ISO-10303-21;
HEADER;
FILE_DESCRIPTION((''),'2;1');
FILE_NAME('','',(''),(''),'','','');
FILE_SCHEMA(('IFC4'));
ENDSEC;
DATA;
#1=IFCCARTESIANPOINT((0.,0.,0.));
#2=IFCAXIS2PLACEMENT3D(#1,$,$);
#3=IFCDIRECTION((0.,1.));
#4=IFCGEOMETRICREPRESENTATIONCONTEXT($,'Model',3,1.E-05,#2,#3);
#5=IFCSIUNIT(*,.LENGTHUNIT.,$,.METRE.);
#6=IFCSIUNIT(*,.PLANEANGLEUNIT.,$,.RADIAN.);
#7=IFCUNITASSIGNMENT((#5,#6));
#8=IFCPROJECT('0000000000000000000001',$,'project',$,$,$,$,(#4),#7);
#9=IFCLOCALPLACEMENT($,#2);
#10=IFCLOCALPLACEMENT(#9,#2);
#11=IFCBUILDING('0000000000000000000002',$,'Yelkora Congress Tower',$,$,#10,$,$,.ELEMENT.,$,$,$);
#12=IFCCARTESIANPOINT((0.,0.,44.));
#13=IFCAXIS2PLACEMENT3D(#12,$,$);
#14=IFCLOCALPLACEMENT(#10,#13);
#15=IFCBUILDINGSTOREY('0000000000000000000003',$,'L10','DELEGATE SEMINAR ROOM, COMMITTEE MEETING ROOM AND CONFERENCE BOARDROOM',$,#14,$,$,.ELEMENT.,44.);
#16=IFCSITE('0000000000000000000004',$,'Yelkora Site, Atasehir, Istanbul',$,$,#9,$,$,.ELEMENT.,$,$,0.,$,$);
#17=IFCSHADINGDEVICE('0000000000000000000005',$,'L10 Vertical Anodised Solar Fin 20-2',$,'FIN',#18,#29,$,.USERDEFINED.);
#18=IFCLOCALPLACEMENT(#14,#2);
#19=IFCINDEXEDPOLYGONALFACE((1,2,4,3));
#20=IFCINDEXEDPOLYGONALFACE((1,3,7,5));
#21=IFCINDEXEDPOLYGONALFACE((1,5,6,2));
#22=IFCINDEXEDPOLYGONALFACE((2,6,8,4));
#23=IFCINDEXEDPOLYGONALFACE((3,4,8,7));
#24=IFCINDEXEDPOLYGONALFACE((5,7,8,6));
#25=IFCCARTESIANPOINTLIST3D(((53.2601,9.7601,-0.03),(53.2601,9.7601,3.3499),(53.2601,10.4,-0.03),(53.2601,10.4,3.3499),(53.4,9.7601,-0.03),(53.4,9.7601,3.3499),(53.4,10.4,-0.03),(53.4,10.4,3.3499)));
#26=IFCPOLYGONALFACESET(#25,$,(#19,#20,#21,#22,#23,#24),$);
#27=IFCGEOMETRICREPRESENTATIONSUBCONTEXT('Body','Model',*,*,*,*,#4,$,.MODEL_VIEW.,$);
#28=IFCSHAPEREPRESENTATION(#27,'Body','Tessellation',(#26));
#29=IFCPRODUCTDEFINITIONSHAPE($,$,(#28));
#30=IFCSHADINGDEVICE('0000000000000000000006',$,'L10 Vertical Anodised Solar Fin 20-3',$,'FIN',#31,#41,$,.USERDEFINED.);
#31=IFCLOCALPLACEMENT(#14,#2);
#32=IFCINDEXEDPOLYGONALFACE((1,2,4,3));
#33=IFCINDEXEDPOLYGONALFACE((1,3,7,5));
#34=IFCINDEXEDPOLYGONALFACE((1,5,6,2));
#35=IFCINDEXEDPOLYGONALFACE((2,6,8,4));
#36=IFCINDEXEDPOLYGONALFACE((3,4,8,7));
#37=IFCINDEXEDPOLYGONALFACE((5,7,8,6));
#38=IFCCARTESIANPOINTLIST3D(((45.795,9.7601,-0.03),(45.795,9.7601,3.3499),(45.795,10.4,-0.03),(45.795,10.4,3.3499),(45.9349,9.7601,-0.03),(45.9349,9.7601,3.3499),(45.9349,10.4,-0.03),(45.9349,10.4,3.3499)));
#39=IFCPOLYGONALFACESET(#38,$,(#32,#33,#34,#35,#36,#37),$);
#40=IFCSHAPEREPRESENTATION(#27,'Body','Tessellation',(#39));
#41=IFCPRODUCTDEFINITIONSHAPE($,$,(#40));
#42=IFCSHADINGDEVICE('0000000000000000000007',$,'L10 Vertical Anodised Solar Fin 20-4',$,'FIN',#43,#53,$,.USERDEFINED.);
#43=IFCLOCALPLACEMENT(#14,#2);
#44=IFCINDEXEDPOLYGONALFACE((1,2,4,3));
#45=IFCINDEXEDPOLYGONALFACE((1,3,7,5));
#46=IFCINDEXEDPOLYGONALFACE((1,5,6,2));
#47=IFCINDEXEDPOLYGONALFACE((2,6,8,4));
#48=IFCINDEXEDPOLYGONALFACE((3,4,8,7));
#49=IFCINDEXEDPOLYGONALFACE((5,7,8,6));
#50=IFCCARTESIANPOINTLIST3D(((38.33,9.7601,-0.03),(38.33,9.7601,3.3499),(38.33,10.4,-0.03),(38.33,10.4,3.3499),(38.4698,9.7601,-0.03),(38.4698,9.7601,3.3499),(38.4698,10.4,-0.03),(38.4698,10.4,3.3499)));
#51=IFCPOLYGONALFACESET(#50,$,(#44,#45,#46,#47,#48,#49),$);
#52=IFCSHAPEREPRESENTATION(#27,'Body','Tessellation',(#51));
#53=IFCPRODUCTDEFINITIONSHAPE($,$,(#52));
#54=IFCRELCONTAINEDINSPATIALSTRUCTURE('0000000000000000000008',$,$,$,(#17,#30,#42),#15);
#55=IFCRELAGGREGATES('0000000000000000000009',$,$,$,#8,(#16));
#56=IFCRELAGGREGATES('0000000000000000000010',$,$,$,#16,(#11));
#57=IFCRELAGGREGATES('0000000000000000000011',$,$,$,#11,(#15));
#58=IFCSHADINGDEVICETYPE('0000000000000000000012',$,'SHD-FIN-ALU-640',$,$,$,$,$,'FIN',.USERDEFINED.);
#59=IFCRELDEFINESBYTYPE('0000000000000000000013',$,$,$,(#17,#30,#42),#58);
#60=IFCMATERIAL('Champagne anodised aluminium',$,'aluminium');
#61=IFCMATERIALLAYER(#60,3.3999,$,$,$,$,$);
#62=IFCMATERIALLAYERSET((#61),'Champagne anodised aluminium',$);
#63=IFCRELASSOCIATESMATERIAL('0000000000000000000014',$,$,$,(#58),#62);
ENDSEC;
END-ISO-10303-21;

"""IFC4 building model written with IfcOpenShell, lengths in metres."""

from ifc_helpers import new_model, si_unit, direction, frame, origin, origin_2d, place, context, subcontext, project, spatial, rectangle, extrude, material, layer, layer_set, type_object, element, save


model = new_model("IFC4")

# Units and contexts
model_context = context("Model", 3, precision=1e-05, world=origin(), true_north=direction((0.0, 1.0)))
body_context = subcontext(model_context, "Body", "Model", "MODEL_VIEW")
ifc_project = project(units=[si_unit("LENGTHUNIT", "METRE"), si_unit("PLANEANGLEUNIT", "RADIAN")], contexts=[model_context])

# Site, building, storey
site_placement = place(None, origin())
site = spatial("IfcSite", under=ifc_project, at=site_placement, Name="Yelkora Site, Atasehir, Istanbul", CompositionType="ELEMENT", RefElevation=0.0)
building_placement = place(site_placement, origin())
building = spatial("IfcBuilding", under=site, at=building_placement, Name="Yelkora Congress Tower", CompositionType="ELEMENT")
storey_placement = place(building_placement, frame((0.0, 0.0, 44.0)))
storey = spatial("IfcBuildingStorey", under=building, at=storey_placement, Name="L10", Description="DELEGATE SEMINAR ROOM, COMMITTEE MEETING ROOM AND CONFERENCE BOARDROOM", CompositionType="ELEMENT", Elevation=44.0)

# Shading devices
ifc_material_1 = material(Name="Champagne anodised aluminium", Category="aluminium")
ifc_layer_1 = layer(ifc_material_1, 3.3999)
ifc_layer_set_1 = layer_set([ifc_layer_1], Name="Champagne anodised aluminium")
shading_device_type = type_object("IfcShadingDeviceType", Name="SHD-FIN-ALU-640", ElementType="FIN", PredefinedType="USERDEFINED", material=ifc_layer_set_1)
for number, where, z_axis, x_axis, name in (
    (1, (53.3301, 10.0801, -0.03), (0.0, 0.0, 1.0), (-1.0, 0.0, 0.0), "L10 Vertical Anodised Solar Fin 20-2"),
    (2, (45.865, 10.0801, -0.03), (0.0, 0.0, 1.0), (-1.0, 0.0, 0.0), "L10 Vertical Anodised Solar Fin 20-3"),
    (3, (38.3999, 10.0801, -0.03), (0.0, 0.0, 1.0), (-1.0, 0.0, 0.0), "L10 Vertical Anodised Solar Fin 20-4"),
):
    element("IfcShadingDevice", number, at=place(storey_placement, frame(where, z_axis=z_axis, x_axis=x_axis)), inside=storey, type_object=shading_device_type, Name=name, ObjectType="FIN", PredefinedType="USERDEFINED", context=body_context, shape_type="SweptSolid", body=[
        extrude(rectangle(XDim=0.1399, YDim=0.6399, at=origin_2d()), origin(), (0.0, 0.0, 1.0), 3.3799),
    ])

save(model, "model.ifc")
